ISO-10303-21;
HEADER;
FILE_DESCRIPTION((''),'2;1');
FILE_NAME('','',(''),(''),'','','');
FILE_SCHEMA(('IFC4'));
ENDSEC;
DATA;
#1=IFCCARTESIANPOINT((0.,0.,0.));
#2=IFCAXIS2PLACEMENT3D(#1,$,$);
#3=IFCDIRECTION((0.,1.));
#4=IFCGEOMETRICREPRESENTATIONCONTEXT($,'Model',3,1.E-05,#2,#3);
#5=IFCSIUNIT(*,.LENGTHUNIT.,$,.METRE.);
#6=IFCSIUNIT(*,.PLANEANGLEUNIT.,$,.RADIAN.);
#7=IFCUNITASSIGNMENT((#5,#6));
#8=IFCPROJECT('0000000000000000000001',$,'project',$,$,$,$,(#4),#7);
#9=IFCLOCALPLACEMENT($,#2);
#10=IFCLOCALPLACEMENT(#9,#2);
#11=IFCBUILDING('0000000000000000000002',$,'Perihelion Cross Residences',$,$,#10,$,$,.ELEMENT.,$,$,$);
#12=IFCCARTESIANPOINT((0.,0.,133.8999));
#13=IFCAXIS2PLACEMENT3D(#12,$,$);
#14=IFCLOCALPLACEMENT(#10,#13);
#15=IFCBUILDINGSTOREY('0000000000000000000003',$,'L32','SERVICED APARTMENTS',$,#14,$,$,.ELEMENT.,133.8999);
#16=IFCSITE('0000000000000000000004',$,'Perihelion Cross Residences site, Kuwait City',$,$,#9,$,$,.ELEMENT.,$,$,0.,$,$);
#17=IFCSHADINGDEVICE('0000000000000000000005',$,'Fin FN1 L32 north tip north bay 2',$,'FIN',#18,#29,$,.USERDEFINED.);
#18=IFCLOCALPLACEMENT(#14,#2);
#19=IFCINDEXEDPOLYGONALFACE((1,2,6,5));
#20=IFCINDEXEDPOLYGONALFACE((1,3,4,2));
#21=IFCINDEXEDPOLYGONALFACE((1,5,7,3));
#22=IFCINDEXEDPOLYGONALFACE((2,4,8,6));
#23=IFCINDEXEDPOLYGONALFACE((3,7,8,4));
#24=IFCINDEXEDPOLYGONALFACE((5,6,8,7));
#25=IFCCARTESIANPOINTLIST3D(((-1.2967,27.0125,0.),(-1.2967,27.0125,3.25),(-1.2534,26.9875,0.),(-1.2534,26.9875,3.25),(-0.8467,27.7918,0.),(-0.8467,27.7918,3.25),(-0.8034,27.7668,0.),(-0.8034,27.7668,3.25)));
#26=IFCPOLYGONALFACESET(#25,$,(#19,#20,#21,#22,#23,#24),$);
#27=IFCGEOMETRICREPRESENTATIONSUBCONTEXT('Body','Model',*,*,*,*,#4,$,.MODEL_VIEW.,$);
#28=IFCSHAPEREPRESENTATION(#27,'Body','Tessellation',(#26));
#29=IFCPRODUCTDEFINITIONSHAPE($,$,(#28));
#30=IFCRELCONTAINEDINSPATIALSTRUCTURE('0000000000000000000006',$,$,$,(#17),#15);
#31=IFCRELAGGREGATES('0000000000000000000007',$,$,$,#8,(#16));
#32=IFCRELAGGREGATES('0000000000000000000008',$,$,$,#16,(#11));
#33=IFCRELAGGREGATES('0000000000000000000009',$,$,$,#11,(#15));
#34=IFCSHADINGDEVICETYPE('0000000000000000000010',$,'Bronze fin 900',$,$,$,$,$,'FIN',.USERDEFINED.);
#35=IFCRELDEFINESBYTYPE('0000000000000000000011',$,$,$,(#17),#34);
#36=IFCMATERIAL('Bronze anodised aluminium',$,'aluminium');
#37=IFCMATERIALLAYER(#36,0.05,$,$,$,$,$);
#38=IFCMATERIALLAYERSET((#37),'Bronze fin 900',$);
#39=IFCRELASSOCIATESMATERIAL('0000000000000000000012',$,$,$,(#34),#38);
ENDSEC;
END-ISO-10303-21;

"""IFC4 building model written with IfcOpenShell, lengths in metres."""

from ifc_helpers import new_model, si_unit, direction, frame, origin, origin_2d, place, context, subcontext, project, spatial, rectangle, extrude, material, layer, layer_set, type_object, element, save


model = new_model("IFC4")

# Units and contexts
model_context = context("Model", 3, precision=1e-05, world=origin(), true_north=direction((0.0, 1.0)))
body_context = subcontext(model_context, "Body", "Model", "MODEL_VIEW")
ifc_project = project(units=[si_unit("LENGTHUNIT", "METRE"), si_unit("PLANEANGLEUNIT", "RADIAN")], contexts=[model_context])

# Site, building, storey
site_placement = place(None, origin())
site = spatial("IfcSite", under=ifc_project, at=site_placement, Name="Perihelion Cross Residences site, Kuwait City", CompositionType="ELEMENT", RefElevation=0.0)
building_placement = place(site_placement, origin())
building = spatial("IfcBuilding", under=site, at=building_placement, Name="Perihelion Cross Residences", CompositionType="ELEMENT")
storey_placement = place(building_placement, frame((0.0, 0.0, 133.8999)))
storey = spatial("IfcBuildingStorey", under=building, at=storey_placement, Name="L32", Description="SERVICED APARTMENTS", CompositionType="ELEMENT", Elevation=133.8999)

# Shading device
ifc_material_1 = material(Name="Bronze anodised aluminium", Category="aluminium")
ifc_layer_1 = layer(ifc_material_1, 0.05)
ifc_layer_set_1 = layer_set([ifc_layer_1], Name="Bronze fin 900")
shading_device_type = type_object("IfcShadingDeviceType", Name="Bronze fin 900", ElementType="FIN", PredefinedType="USERDEFINED", material=ifc_layer_set_1)
shading_device_placement = place(storey_placement, frame((-1.05, 27.3896, 0.0), z_axis=(0.0, 0.0, 1.0), x_axis=(0.5, 0.866025, 0.0)))
element("IfcShadingDevice", 1, at=shading_device_placement, inside=storey, type_object=shading_device_type, Name="Fin FN1 L32 north tip north bay 2", ObjectType="FIN", PredefinedType="USERDEFINED", context=body_context, shape_type="SweptSolid", body=[
    extrude(rectangle(XDim=0.8999, YDim=0.05, at=origin_2d()), origin(), (0.0, 0.0, 1.0), 3.25),
])

save(model, "model.ifc")
